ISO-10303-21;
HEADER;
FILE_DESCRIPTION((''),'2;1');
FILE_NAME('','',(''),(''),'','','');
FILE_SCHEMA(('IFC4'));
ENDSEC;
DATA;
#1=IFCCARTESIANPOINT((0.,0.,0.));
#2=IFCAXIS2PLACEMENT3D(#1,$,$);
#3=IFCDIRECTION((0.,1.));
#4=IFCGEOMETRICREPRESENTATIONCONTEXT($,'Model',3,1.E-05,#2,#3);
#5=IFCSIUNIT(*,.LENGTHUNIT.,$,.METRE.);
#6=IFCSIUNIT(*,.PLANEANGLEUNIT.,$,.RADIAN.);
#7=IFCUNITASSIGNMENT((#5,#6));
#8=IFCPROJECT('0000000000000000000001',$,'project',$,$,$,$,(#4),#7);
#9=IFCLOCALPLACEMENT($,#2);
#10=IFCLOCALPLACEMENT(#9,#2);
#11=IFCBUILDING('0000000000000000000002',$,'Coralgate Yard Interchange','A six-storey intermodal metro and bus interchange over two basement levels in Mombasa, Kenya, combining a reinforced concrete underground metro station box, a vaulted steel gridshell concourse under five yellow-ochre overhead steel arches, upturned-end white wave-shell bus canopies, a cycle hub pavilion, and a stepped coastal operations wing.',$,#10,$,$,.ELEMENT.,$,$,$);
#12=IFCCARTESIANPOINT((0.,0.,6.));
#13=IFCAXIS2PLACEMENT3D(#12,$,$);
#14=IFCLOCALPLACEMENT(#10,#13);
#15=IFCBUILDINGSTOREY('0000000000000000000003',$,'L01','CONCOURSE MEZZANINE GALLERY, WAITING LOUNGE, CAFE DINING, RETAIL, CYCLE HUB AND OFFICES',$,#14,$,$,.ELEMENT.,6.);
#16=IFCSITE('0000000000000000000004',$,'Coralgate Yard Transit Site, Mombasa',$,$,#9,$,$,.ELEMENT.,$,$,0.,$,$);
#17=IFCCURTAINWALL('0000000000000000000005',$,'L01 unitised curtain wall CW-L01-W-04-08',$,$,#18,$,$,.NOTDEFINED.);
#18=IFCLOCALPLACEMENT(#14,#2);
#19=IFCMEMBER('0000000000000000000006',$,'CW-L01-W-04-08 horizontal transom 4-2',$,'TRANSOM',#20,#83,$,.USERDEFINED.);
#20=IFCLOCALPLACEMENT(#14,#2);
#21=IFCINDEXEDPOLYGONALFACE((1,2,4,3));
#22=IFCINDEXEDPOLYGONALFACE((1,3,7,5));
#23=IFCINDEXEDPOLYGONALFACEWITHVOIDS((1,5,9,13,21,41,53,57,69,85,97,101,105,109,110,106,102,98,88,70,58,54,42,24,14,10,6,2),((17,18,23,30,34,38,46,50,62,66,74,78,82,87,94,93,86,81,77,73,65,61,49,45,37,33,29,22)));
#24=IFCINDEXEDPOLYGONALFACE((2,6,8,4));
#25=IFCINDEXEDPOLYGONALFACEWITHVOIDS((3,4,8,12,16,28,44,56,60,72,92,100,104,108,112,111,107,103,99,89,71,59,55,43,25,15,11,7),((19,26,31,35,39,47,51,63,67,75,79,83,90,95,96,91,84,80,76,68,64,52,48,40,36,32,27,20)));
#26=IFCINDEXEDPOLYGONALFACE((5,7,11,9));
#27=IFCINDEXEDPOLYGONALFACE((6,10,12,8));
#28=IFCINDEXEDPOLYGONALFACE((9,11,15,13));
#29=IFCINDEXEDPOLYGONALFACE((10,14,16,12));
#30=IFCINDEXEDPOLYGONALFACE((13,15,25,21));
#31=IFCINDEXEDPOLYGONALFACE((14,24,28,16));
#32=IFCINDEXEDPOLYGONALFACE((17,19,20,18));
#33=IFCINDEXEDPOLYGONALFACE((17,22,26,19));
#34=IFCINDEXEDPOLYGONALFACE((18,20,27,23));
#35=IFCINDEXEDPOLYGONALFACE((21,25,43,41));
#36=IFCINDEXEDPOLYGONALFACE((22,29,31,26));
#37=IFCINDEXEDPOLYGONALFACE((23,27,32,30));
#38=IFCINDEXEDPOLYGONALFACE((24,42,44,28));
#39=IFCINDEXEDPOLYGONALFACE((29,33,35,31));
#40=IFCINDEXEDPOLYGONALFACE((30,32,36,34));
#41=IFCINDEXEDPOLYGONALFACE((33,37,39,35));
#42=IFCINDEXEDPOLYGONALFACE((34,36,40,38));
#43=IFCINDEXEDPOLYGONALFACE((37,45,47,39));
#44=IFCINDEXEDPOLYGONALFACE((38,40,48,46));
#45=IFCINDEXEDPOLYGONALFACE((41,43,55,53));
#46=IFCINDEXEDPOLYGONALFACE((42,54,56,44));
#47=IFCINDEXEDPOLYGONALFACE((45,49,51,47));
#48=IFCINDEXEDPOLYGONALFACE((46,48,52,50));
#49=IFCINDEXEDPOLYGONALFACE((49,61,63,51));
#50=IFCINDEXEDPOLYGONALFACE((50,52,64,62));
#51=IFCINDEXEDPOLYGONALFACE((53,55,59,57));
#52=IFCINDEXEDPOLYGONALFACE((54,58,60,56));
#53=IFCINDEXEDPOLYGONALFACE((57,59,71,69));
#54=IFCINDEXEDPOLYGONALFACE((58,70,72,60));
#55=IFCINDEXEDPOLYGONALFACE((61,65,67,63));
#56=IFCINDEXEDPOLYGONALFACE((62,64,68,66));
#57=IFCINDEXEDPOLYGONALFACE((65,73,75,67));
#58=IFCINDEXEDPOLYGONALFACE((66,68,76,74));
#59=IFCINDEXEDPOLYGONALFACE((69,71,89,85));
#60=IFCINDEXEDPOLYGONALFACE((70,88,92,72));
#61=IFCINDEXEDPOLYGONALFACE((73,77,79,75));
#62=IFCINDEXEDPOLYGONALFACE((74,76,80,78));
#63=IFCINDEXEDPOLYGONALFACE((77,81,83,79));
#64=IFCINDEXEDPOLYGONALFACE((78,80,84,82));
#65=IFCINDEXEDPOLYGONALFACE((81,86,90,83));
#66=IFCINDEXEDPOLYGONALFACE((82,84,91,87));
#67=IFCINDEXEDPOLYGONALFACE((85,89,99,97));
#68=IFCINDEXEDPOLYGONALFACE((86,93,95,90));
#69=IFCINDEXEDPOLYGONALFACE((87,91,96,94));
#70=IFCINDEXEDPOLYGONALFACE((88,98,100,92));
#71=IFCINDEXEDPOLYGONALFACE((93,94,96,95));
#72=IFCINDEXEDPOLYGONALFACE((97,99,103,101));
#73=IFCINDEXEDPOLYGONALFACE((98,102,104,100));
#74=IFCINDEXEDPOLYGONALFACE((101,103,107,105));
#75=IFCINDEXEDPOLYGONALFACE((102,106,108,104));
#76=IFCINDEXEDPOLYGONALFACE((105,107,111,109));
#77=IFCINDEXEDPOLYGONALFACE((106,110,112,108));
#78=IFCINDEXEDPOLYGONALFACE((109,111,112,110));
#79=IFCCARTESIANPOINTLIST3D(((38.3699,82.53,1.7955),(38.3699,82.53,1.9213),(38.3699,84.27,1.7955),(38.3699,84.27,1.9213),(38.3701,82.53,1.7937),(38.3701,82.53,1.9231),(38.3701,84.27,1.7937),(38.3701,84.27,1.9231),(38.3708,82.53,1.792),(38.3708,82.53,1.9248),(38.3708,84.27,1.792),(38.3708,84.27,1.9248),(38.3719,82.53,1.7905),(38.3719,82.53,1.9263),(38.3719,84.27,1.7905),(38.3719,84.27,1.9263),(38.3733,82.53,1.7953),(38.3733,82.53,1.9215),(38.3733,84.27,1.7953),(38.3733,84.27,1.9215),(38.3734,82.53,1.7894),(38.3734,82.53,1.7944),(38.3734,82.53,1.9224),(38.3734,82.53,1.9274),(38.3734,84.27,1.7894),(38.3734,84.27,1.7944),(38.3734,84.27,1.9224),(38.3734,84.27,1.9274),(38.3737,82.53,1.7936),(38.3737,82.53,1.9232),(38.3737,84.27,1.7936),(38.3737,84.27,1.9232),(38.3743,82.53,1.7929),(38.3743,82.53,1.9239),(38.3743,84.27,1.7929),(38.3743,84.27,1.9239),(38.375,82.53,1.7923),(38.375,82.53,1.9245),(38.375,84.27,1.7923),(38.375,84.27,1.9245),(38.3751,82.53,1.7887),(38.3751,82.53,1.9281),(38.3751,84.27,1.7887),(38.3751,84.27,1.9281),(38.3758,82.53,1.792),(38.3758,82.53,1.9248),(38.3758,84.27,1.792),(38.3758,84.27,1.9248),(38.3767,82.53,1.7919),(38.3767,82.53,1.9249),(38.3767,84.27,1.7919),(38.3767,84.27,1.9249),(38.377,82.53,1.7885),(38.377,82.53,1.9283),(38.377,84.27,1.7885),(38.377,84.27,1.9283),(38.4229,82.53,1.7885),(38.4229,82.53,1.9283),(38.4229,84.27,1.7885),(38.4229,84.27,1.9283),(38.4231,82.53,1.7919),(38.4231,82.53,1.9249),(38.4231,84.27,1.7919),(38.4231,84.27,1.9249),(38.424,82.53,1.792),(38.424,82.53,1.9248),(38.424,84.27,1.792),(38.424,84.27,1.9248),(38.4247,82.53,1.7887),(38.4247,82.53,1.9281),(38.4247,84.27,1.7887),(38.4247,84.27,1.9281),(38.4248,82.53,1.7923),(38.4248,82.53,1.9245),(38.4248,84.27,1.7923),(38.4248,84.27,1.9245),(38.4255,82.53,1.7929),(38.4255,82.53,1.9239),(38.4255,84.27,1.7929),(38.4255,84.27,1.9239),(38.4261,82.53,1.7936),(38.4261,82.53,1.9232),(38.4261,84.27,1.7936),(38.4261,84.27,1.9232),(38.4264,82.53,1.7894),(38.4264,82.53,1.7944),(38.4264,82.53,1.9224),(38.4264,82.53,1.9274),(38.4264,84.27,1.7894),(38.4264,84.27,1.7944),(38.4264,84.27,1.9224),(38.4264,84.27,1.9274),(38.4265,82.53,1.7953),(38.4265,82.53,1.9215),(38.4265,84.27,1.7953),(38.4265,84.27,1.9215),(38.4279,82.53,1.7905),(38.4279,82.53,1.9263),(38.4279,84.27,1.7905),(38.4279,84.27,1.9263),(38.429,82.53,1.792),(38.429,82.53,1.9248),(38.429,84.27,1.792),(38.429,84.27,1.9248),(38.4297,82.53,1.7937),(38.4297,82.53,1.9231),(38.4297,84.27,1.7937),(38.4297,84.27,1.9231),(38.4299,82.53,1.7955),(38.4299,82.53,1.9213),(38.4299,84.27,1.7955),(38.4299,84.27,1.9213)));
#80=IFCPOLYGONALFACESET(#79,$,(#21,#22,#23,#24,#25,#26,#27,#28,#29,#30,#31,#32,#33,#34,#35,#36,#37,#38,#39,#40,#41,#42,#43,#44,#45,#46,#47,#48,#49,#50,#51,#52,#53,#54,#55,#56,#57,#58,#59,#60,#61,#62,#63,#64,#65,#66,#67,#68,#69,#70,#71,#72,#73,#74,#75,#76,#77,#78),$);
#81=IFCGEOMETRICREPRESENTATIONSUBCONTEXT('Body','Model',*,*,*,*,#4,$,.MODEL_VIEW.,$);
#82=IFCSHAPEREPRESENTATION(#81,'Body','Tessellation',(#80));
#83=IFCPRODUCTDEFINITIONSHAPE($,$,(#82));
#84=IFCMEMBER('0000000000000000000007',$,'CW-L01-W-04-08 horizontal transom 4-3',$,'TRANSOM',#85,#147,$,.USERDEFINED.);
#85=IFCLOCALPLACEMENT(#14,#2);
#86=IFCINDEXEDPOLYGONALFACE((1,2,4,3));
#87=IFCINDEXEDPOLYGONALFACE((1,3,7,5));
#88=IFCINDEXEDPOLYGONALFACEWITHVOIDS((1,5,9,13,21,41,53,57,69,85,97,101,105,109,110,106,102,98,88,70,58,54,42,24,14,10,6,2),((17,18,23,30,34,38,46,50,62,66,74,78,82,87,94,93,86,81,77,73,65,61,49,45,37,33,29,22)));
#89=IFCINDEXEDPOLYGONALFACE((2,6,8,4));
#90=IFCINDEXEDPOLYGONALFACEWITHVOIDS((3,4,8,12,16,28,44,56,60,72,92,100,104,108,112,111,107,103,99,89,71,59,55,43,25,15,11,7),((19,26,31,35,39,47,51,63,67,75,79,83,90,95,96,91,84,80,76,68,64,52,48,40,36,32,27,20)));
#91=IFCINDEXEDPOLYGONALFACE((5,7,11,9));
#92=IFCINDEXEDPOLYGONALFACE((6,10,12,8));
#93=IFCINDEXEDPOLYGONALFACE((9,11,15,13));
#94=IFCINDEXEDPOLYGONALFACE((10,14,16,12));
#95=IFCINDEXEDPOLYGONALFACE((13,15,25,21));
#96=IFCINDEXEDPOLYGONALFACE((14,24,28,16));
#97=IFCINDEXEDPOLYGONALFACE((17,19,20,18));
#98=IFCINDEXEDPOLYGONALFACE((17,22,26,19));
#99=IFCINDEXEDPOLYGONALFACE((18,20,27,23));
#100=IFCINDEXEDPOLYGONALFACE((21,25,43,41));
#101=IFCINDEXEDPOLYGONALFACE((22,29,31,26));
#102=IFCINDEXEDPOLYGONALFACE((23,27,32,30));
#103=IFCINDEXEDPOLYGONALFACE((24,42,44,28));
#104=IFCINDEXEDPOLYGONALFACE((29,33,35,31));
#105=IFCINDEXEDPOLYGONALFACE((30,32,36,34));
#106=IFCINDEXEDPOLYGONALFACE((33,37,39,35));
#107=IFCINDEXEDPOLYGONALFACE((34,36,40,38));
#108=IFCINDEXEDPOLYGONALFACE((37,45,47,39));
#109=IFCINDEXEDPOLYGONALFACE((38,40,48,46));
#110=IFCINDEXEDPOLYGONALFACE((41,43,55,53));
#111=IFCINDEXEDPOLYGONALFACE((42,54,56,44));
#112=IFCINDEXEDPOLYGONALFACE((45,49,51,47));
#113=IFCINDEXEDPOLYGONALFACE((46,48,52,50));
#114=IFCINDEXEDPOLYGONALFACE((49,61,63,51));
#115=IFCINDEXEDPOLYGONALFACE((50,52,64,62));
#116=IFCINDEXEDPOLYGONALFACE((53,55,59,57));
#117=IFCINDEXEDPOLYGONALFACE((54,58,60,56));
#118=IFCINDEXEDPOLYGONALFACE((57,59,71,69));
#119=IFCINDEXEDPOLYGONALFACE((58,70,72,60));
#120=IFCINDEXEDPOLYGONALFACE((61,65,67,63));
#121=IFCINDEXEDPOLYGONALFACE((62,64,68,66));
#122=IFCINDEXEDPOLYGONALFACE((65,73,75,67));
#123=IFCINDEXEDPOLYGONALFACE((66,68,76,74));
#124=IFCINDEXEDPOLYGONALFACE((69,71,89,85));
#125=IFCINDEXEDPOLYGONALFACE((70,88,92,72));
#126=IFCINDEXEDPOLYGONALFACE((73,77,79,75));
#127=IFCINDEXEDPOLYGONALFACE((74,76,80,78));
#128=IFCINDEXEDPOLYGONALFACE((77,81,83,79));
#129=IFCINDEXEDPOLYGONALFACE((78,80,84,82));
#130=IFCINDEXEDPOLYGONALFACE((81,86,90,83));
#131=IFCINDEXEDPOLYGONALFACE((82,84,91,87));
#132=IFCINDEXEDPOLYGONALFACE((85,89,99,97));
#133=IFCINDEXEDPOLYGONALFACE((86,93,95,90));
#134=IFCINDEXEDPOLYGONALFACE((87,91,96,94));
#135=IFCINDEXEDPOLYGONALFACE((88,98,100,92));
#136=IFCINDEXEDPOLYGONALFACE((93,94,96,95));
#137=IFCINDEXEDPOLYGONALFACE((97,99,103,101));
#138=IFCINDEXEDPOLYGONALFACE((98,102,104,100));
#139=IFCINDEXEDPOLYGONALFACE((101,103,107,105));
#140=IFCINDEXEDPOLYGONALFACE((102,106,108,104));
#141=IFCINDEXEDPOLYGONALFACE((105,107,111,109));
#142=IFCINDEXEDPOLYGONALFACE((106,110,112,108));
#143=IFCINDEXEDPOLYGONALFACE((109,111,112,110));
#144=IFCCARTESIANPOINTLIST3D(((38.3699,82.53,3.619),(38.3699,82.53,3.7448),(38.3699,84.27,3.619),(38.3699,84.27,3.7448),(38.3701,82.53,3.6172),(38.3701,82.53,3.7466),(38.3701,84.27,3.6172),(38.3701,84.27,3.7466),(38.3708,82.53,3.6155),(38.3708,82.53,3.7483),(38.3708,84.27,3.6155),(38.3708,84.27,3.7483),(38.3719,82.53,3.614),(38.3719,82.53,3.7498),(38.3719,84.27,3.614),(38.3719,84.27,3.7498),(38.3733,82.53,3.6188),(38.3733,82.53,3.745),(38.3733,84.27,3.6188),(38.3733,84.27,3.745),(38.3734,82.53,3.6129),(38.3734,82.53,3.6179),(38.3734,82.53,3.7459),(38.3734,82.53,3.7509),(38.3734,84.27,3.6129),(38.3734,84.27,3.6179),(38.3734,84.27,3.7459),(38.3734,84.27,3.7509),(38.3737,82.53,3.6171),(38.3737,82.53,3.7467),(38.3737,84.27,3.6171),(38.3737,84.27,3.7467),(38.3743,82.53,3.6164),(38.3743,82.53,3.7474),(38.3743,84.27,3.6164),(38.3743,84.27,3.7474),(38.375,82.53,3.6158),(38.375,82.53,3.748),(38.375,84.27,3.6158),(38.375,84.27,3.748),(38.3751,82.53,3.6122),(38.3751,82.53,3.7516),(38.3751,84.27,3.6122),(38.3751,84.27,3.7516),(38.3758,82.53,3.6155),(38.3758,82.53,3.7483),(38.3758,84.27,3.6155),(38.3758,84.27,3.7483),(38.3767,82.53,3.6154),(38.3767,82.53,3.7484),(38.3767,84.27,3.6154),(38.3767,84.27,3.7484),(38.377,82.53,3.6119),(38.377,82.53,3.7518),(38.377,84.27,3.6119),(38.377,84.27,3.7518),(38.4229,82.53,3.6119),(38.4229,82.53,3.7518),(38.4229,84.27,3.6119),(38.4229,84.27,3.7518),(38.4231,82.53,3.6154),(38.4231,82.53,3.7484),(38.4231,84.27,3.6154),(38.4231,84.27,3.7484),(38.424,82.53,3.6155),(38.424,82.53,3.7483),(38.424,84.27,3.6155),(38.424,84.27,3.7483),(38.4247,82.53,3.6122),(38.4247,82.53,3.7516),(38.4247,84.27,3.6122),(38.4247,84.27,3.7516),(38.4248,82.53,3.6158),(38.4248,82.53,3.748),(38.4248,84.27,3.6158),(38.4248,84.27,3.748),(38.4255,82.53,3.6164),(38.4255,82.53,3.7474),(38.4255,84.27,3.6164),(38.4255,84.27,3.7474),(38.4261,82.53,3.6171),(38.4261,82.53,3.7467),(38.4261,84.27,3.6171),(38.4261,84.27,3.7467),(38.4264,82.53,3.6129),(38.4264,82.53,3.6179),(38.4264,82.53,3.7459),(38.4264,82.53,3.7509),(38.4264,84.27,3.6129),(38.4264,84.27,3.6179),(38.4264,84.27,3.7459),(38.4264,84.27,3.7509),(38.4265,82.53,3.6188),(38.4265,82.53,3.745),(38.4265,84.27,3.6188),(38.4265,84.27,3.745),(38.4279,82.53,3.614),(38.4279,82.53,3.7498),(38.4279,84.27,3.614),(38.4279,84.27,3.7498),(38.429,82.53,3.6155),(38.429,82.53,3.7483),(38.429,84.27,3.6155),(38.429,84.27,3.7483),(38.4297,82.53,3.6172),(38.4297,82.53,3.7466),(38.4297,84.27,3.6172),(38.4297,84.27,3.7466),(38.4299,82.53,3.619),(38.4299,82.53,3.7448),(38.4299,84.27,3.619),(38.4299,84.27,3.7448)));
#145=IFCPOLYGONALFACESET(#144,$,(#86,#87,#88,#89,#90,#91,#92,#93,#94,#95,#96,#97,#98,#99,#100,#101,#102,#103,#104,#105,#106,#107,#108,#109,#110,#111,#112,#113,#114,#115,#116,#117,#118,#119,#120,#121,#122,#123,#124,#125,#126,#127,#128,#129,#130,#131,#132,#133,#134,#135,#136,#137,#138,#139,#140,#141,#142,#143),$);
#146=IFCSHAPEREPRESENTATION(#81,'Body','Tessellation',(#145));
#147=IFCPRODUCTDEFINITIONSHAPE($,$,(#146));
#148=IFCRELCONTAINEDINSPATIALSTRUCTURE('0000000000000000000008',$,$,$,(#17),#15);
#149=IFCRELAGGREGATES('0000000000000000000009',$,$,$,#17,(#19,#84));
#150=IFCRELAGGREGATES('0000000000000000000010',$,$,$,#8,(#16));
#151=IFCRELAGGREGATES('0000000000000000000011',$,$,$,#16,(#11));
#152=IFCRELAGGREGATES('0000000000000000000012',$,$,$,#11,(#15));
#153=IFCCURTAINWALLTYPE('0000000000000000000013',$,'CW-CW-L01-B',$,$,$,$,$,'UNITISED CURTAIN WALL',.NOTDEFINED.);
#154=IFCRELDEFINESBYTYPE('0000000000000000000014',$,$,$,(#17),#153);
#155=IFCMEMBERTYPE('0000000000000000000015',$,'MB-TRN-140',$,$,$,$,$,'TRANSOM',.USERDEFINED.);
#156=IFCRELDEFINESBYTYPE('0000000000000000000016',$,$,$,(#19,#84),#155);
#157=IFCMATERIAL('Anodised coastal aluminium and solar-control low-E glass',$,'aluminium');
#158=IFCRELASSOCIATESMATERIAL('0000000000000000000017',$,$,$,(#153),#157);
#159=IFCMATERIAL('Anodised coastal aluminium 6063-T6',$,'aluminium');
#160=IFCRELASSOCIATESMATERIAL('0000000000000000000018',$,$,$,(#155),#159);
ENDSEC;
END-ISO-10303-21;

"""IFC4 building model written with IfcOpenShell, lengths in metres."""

from ifc_helpers import new_model, si_unit, direction, frame, origin, origin_2d, place, context, subcontext, project, spatial, hollow_rectangle, extrude, material, material_profile, profile_set, type_object, element, aggregate, save


model = new_model("IFC4")

# Units and contexts
model_context = context("Model", 3, precision=1e-05, world=origin(), true_north=direction((0.0, 1.0)))
body_context = subcontext(model_context, "Body", "Model", "MODEL_VIEW")
ifc_project = project(units=[si_unit("LENGTHUNIT", "METRE"), si_unit("PLANEANGLEUNIT", "RADIAN")], contexts=[model_context])

# Site, building, storey
site_placement = place(None, origin())
site = spatial("IfcSite", under=ifc_project, at=site_placement, Name="Coralgate Yard Transit Site, Mombasa", CompositionType="ELEMENT", RefElevation=0.0)
building_placement = place(site_placement, origin())
building = spatial("IfcBuilding", under=site, at=building_placement, Name="Coralgate Yard Interchange", Description="A six-storey intermodal metro and bus interchange over two basement levels in Mombasa, Kenya, combining a reinforced concrete underground metro station box, a vaulted steel gridshell concourse under five yellow-ochre overhead steel arches, upturned-end white wave-shell bus canopies, a cycle hub pavilion, and a stepped coastal operations wing.", CompositionType="ELEMENT")
storey_placement = place(building_placement, frame((0.0, 0.0, 6.0)))
storey = spatial("IfcBuildingStorey", under=building, at=storey_placement, Name="L01", Description="CONCOURSE MEZZANINE GALLERY, WAITING LOUNGE, CAFE DINING, RETAIL, CYCLE HUB AND OFFICES", CompositionType="ELEMENT", Elevation=6.0)

# Curtain wall, members
ifc_material_1 = material(Name="Anodised coastal aluminium and solar-control low-E glass", Category="aluminium")
curtain_wall_type = type_object("IfcCurtainWallType", Name="CW-CW-L01-B", ElementType="UNITISED CURTAIN WALL", PredefinedType="NOTDEFINED", material=ifc_material_1)
curtain_wall_placement = place(storey_placement, origin())
curtain_wall = element("IfcCurtainWall", 1, at=curtain_wall_placement, inside=storey, type_object=curtain_wall_type, Name="L01 unitised curtain wall CW-L01-W-04-08", PredefinedType="NOTDEFINED")
ifc_material_2 = material(Name="Anodised coastal aluminium 6063-T6", Category="aluminium")
ifc_material_profile_1 = material_profile(ifc_material_2, hollow_rectangle(XDim=0.0601, YDim=0.1399, WallThickness=0.0034, InnerFilletRadius=0.0034, OuterFilletRadius=0.0071, at=origin_2d()), Name="ALU 60x140x3.5")
ifc_profile_set_1 = profile_set([ifc_material_profile_1], Name="Anodised coastal aluminium 6063-T6")
member_type_1 = type_object("IfcMemberType", Name="MB-TRN-140", ElementType="TRANSOM", PredefinedType="USERDEFINED", material=ifc_profile_set_1)
member_1_placement = place(storey_placement, frame((38.3999, 82.53, 1.8584), z_axis=(0.0, 1.0, 0.0), x_axis=(-1.0, 0.0, 0.0)))
member_1 = element("IfcMember", 2, at=member_1_placement, type_object=member_type_1, Name="CW-L01-W-04-08 horizontal transom 4-2", ObjectType="TRANSOM", PredefinedType="USERDEFINED", context=body_context, shape_type="SweptSolid", body=[
    extrude(hollow_rectangle(XDim=0.0601, YDim=0.1399, WallThickness=0.0034, InnerFilletRadius=0.0034, OuterFilletRadius=0.0071, at=origin_2d()), origin(), (0.0, 0.0, 1.0), 1.74),
])
member_2_placement = place(storey_placement, frame((38.3999, 82.53, 3.6819), z_axis=(0.0, 1.0, 0.0), x_axis=(-1.0, 0.0, 0.0)))
member_2 = element("IfcMember", 3, at=member_2_placement, type_object=member_type_1, Name="CW-L01-W-04-08 horizontal transom 4-3", ObjectType="TRANSOM", PredefinedType="USERDEFINED", context=body_context, shape_type="SweptSolid", body=[
    extrude(hollow_rectangle(XDim=0.0601, YDim=0.1399, WallThickness=0.0034, InnerFilletRadius=0.0034, OuterFilletRadius=0.0071, at=origin_2d()), origin(), (0.0, 0.0, 1.0), 1.74),
])
aggregate(curtain_wall, [member_1, member_2])

save(model, "model.ifc")
